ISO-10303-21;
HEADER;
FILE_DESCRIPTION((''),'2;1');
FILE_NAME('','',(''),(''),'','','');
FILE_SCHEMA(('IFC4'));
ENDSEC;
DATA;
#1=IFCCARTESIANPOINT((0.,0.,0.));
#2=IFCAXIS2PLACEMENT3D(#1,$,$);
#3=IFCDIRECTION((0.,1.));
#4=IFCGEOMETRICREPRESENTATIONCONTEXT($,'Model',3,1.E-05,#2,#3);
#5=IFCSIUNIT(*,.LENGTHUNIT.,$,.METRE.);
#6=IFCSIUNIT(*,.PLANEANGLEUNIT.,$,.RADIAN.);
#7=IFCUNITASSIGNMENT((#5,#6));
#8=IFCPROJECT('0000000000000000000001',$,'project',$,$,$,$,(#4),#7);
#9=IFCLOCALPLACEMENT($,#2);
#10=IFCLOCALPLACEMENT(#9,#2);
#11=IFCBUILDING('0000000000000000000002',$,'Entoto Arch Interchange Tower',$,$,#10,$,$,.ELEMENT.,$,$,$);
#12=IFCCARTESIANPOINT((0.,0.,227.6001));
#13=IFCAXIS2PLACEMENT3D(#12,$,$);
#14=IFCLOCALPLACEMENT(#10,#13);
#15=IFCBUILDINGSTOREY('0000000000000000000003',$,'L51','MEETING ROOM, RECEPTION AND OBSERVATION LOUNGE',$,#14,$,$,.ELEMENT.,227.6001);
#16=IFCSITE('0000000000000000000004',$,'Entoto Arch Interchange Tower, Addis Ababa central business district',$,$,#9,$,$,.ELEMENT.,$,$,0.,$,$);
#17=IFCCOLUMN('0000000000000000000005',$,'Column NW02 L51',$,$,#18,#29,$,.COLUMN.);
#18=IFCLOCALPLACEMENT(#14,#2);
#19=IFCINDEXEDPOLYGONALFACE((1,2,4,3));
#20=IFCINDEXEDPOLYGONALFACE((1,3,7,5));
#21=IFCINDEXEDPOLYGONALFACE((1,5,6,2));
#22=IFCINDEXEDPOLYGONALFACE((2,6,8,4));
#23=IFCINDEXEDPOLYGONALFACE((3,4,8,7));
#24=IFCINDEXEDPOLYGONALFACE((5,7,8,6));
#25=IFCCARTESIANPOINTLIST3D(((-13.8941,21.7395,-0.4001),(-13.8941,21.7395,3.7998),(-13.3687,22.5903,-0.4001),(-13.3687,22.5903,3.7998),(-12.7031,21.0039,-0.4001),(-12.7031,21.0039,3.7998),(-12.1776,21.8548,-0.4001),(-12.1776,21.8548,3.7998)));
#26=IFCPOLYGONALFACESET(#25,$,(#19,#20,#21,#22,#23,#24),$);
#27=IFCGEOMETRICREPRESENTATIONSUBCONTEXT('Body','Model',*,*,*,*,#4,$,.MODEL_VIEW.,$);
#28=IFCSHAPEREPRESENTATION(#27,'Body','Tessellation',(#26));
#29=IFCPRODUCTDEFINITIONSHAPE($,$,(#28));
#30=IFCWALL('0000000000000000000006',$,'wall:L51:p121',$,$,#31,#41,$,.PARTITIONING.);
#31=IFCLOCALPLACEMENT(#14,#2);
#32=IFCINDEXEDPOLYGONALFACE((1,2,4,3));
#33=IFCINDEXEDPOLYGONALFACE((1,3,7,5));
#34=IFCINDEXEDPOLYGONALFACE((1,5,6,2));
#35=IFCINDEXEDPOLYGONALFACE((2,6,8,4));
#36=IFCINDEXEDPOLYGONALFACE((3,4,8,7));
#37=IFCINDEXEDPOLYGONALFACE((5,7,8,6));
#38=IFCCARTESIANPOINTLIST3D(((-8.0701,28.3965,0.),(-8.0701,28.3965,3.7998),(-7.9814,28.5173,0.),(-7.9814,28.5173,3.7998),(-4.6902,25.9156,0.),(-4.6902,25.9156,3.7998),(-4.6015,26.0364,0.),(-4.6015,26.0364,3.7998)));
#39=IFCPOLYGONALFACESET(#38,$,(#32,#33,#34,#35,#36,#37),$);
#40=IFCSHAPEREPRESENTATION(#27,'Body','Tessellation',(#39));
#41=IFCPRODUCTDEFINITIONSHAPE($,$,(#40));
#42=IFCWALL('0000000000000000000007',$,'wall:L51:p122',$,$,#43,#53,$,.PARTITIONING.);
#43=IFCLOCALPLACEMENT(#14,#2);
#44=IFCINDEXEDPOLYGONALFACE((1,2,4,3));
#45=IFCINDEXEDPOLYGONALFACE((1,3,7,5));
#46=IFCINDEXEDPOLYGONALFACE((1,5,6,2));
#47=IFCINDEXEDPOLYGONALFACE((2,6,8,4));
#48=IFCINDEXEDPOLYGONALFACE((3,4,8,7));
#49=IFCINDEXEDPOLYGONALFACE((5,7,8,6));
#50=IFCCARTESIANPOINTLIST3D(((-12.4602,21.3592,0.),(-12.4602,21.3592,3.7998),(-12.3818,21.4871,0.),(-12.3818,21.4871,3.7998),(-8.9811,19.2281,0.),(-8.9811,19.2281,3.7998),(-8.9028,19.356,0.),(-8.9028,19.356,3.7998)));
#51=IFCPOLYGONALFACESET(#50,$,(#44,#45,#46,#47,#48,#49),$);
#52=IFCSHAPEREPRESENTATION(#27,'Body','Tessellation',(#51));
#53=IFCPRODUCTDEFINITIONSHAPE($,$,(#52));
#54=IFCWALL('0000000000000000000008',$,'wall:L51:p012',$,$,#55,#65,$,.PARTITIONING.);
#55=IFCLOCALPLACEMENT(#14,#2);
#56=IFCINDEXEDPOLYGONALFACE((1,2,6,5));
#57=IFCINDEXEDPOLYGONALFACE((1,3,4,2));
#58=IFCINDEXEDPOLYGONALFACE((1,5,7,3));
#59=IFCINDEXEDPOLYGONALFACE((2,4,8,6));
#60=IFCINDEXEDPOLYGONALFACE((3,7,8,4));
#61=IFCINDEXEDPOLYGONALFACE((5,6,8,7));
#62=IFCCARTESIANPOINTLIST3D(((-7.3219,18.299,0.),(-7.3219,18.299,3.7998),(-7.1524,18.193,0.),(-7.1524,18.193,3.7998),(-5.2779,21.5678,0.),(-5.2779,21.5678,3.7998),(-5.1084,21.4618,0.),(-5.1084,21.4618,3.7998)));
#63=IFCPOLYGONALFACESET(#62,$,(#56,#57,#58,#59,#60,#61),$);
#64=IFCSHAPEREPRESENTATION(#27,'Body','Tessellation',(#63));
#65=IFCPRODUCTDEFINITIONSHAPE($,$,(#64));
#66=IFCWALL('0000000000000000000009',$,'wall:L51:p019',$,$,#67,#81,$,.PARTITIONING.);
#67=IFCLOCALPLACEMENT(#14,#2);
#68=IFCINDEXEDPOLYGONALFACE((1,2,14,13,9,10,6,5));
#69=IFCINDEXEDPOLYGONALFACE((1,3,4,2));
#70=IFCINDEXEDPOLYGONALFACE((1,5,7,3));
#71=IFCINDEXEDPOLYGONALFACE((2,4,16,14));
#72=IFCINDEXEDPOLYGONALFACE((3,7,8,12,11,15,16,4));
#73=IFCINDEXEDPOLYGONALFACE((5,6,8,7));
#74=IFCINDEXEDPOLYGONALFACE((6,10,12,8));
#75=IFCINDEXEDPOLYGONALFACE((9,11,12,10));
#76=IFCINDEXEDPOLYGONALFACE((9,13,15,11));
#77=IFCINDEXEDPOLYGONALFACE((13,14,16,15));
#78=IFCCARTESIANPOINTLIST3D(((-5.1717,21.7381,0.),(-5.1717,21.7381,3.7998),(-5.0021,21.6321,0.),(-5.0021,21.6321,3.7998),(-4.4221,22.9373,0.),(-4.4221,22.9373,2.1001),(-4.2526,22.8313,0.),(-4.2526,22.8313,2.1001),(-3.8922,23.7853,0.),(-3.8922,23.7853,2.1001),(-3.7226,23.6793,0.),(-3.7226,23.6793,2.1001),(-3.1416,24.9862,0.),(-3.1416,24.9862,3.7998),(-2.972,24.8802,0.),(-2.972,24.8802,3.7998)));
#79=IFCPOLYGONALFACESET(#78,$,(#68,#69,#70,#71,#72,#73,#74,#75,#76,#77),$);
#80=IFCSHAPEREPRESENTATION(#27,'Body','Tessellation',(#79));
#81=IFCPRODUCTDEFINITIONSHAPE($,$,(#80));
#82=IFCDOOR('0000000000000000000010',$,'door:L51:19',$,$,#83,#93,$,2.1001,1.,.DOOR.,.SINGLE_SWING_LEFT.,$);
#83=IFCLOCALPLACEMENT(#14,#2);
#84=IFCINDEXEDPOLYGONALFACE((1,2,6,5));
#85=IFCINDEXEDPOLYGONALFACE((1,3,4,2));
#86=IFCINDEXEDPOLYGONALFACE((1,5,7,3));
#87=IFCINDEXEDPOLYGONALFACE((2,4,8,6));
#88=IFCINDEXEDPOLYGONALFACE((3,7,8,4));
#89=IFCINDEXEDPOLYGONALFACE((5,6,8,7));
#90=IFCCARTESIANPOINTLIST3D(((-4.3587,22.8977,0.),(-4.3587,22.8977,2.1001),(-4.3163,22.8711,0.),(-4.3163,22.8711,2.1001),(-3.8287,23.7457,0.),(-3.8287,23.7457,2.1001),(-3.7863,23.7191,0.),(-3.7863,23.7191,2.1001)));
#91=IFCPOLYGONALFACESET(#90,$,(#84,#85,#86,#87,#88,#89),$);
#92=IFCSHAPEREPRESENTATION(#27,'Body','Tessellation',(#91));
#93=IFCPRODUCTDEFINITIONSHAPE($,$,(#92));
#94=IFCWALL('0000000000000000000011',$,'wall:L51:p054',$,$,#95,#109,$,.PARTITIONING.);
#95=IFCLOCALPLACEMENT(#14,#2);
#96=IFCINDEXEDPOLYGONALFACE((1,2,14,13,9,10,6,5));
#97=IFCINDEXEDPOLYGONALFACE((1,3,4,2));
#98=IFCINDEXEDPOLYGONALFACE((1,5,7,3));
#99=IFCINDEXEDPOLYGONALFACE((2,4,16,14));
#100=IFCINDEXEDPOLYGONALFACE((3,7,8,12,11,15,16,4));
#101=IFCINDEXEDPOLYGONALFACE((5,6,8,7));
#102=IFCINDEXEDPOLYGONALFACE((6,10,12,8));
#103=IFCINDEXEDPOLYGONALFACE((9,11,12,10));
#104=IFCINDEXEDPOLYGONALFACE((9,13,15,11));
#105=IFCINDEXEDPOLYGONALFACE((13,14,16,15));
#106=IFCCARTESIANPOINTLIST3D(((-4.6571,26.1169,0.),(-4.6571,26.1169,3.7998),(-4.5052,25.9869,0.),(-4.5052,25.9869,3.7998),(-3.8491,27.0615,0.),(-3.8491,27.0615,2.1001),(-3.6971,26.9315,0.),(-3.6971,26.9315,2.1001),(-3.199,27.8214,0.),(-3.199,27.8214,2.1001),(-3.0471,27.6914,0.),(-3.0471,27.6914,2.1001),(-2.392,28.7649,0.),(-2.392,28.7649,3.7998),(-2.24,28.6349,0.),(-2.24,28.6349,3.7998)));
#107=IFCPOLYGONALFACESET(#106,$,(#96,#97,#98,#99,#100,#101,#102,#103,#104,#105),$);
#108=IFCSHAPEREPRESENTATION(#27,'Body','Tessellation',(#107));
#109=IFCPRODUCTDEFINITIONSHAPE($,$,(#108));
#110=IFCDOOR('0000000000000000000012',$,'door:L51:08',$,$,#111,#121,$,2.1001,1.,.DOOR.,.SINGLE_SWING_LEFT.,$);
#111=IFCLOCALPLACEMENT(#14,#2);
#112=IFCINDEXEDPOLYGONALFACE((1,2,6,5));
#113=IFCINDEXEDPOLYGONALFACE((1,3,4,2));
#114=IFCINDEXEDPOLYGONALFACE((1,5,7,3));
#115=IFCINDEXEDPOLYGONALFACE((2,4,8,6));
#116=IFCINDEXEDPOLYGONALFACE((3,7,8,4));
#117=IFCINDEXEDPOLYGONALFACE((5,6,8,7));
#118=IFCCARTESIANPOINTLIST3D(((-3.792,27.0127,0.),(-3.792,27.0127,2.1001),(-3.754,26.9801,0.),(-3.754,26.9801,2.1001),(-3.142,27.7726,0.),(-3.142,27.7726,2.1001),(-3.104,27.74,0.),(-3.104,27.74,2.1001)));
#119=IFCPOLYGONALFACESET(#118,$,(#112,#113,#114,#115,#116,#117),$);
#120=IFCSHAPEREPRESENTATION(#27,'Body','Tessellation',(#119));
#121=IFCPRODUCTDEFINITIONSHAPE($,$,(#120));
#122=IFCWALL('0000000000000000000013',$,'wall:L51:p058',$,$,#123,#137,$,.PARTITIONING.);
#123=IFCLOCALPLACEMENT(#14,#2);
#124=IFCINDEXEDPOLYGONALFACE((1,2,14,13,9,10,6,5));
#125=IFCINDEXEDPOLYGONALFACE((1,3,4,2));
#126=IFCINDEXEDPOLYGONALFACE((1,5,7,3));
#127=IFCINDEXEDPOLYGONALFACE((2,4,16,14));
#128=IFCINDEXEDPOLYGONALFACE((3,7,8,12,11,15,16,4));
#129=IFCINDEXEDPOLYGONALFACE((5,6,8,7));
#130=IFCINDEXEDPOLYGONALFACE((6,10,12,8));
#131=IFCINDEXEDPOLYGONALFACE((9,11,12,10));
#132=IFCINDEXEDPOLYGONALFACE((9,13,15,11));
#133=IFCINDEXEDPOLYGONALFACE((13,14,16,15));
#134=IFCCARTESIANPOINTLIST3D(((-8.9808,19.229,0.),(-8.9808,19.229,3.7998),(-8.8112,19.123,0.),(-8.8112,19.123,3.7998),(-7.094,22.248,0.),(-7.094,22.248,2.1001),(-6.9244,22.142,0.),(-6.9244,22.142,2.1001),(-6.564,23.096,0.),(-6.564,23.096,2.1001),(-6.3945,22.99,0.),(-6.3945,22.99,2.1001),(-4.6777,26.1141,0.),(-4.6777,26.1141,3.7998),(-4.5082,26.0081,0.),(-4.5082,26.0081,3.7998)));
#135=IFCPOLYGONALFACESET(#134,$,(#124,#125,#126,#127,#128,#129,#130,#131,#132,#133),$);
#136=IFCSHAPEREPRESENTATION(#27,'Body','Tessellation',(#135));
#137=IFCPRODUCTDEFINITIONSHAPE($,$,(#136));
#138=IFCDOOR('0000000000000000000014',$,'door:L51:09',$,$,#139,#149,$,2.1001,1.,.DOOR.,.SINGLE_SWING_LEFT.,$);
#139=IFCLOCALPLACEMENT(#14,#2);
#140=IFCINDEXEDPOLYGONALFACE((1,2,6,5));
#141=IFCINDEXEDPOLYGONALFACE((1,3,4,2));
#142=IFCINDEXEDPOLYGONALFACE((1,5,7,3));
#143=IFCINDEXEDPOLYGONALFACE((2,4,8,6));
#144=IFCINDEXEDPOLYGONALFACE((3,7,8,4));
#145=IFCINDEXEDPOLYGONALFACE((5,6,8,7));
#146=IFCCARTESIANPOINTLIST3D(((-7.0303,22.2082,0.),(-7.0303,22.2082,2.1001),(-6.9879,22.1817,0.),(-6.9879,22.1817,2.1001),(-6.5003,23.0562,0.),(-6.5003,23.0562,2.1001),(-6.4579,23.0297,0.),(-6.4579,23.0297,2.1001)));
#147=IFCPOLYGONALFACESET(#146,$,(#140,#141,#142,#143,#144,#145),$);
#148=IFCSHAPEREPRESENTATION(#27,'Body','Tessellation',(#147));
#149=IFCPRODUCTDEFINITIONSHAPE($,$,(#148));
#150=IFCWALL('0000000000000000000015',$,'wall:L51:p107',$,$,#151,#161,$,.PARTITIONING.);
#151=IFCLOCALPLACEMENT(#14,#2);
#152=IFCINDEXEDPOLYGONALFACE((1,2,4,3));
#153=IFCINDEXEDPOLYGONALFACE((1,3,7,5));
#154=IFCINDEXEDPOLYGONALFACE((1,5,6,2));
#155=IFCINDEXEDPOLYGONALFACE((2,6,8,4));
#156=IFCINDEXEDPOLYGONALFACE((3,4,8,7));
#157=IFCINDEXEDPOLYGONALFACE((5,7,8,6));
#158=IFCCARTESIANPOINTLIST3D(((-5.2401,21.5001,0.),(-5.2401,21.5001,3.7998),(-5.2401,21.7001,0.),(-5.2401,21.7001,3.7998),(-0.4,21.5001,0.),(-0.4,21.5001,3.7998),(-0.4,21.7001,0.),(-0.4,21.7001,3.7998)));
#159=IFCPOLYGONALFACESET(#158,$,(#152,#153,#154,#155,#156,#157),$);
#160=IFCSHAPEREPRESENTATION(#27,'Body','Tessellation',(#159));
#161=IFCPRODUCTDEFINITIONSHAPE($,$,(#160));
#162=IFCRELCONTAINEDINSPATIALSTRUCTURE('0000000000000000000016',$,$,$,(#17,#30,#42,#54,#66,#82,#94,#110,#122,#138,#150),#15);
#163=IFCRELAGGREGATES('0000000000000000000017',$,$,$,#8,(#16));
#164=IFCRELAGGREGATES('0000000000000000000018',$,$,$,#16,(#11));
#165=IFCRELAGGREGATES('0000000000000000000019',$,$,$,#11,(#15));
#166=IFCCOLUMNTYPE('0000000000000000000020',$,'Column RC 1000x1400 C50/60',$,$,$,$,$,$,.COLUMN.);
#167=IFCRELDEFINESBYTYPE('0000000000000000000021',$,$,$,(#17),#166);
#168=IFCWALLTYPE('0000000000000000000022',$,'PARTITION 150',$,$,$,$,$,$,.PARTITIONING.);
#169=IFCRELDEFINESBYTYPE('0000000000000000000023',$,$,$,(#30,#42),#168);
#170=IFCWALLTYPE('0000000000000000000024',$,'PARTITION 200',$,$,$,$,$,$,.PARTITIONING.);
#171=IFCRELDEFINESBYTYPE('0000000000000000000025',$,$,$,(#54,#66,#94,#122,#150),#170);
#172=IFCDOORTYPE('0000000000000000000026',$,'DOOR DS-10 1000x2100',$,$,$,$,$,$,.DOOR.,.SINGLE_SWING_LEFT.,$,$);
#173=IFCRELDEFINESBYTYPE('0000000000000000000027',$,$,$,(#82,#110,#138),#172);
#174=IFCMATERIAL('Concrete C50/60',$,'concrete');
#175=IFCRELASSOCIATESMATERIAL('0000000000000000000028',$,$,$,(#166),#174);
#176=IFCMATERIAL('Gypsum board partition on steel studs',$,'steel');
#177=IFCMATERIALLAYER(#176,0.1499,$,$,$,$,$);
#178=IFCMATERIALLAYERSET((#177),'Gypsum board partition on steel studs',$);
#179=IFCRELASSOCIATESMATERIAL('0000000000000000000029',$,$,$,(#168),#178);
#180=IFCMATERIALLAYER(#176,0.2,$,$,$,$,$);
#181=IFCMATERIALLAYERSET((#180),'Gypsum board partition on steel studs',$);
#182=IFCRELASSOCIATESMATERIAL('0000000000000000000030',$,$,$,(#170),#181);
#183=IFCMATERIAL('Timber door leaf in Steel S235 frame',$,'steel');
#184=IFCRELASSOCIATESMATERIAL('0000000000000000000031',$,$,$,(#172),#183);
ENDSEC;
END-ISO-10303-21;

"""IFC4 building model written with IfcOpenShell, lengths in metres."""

from ifc_helpers import new_model, si_unit, direction, frame, frame_2d, origin, origin_2d, place, context, subcontext, project, spatial, rectangle, extrude, material, layer, layer_set, material_profile, profile_set, type_object, element, fill, save


model = new_model("IFC4")

# Units and contexts
model_context = context("Model", 3, precision=1e-05, world=origin(), true_north=direction((0.0, 1.0)))
body_context = subcontext(model_context, "Body", "Model", "MODEL_VIEW")
ifc_project = project(units=[si_unit("LENGTHUNIT", "METRE"), si_unit("PLANEANGLEUNIT", "RADIAN")], contexts=[model_context])

# Site, building, storey
site_placement = place(None, origin())
site = spatial("IfcSite", under=ifc_project, at=site_placement, Name="Entoto Arch Interchange Tower, Addis Ababa central business district", CompositionType="ELEMENT", RefElevation=0.0)
building_placement = place(site_placement, origin())
building = spatial("IfcBuilding", under=site, at=building_placement, Name="Entoto Arch Interchange Tower", CompositionType="ELEMENT")
storey_placement = place(building_placement, frame((0.0, 0.0, 227.6001)))
storey = spatial("IfcBuildingStorey", under=building, at=storey_placement, Name="L51", Description="MEETING ROOM, RECEPTION AND OBSERVATION LOUNGE", CompositionType="ELEMENT", Elevation=227.6001)

# Column
ifc_material_1 = material(Name="Concrete C50/60", Category="concrete")
ifc_material_profile = material_profile(ifc_material_1, rectangle(XDim=1.0, YDim=1.3999, at=origin_2d()))
ifc_profile_set = profile_set([ifc_material_profile], Name="Concrete C50/60")
column_type = type_object("IfcColumnType", Name="Column RC 1000x1400 C50/60", PredefinedType="COLUMN", material=ifc_profile_set)
column_placement = place(storey_placement, frame((-13.0359, 21.7971, -0.4001), z_axis=(0.0, 0.0, 1.0), x_axis=(0.525427, 0.850839, 0.0)))
element("IfcColumn", 1, at=column_placement, inside=storey, type_object=column_type, Name="Column NW02 L51", PredefinedType="COLUMN", context=body_context, shape_type="SweptSolid", body=[
    extrude(rectangle(XDim=1.0, YDim=1.3999, at=origin_2d()), origin(), (0.0, 0.0, 1.0), 4.2),
])

# Walls
ifc_material_2 = material(Name="Gypsum board partition on steel studs", Category="steel")
ifc_layer_1 = layer(ifc_material_2, 0.1499)
ifc_layer_set_1 = layer_set([ifc_layer_1], Name="Gypsum board partition on steel studs")
wall_type_1 = type_object("IfcWallType", Name="PARTITION 150", PredefinedType="PARTITIONING", material=ifc_layer_set_1)
wall_1_placement = place(storey_placement, frame((-4.646, 25.9761, 0.0), z_axis=(0.0, 0.0, 1.0), x_axis=(-0.806135, 0.591732, 0.0)))
element("IfcWall", 2, at=wall_1_placement, inside=storey, type_object=wall_type_1, Name="wall:L51:p121", PredefinedType="PARTITIONING", context=body_context, shape_type="SweptSolid", body=[
    extrude(rectangle(XDim=4.1926, YDim=0.1499, at=frame_2d((2.0962, 0.0))), origin(), (0.0, 0.0, 1.0), 3.7998),
])
wall_2_placement = place(storey_placement, frame((-8.9419, 19.292, 0.0), z_axis=(0.0, 0.0, 1.0), x_axis=(-0.852731, 0.52235, 0.0)))
element("IfcWall", 3, at=wall_2_placement, inside=storey, type_object=wall_type_1, Name="wall:L51:p122", PredefinedType="PARTITIONING", context=body_context, shape_type="SweptSolid", body=[
    extrude(rectangle(XDim=4.0798, YDim=0.1499, at=frame_2d((2.04, 0.0))), origin(), (0.0, 0.0, 1.0), 3.7998),
])
ifc_layer_2 = layer(ifc_material_2, 0.2)
ifc_layer_set_2 = layer_set([ifc_layer_2], Name="Gypsum board partition on steel studs")
wall_type_2 = type_object("IfcWallType", Name="PARTITION 200", PredefinedType="PARTITIONING", material=ifc_layer_set_2)
wall_3_placement = place(storey_placement, frame((-5.1931, 21.5149, 0.0), z_axis=(0.0, 0.0, 1.0), x_axis=(-0.530175, -0.847888, 0.0)))
element("IfcWall", 4, at=wall_3_placement, inside=storey, type_object=wall_type_2, Name="wall:L51:p012", PredefinedType="PARTITIONING", context=body_context, shape_type="SweptSolid", body=[
    extrude(rectangle(XDim=3.8552, YDim=0.2, at=frame_2d((1.9277, 0.0))), origin(), (0.0, 0.0, 1.0), 3.7998),
])

# Walls, openings, doors
wall_4_placement = place(storey_placement, frame((-3.0569, 24.9331, 0.0), z_axis=(0.0, 0.0, 1.0), x_axis=(-0.529999, -0.847998, 0.0)))
wall_4 = element("IfcWall", 5, at=wall_4_placement, inside=storey, type_object=wall_type_2, Name="wall:L51:p019", PredefinedType="PARTITIONING", context=body_context, shape_type="SweptSolid", body=[
    extrude(rectangle(XDim=3.8303, YDim=0.2, at=frame_2d((1.915, 0.0))), origin(), (0.0, 0.0, 1.0), 3.7998),
])
opening_1_placement = place(wall_4_placement, frame((1.416, 0.0, 0.0)))
opening_1 = element("IfcOpeningElement", 6, at=opening_1_placement, cuts=wall_4, PredefinedType="OPENING", context=body_context, shape_type="SweptSolid", body=[
    extrude(rectangle(XDim=1.0, YDim=2.1001, at=frame_2d((0.5, 1.05))), frame((0.0, 0.1099, 0.0), z_axis=(0.0, -1.0, 0.0), x_axis=(1.0, 0.0, 0.0)), (0.0, 0.0, 1.0), 0.22),
])
ifc_material_3 = material(Name="Timber door leaf in Steel S235 frame", Category="steel")
door_type = type_object("IfcDoorType", Name="DOOR DS-10 1000x2100", OperationType="SINGLE_SWING_LEFT", PredefinedType="DOOR", material=ifc_material_3)
door_1_placement = place(opening_1_placement, origin())
door_1 = element("IfcDoor", 7, at=door_1_placement, inside=storey, type_object=door_type, Name="door:L51:19", OperationType="SINGLE_SWING_LEFT", OverallHeight=2.1001, OverallWidth=1.0, PredefinedType="DOOR", context=body_context, shape_type="SweptSolid", body=[
    extrude(rectangle(XDim=1.0, YDim=2.1001, at=frame_2d((0.5, 1.05))), frame((0.0, 0.0249, 0.0), z_axis=(0.0, -1.0, 0.0), x_axis=(1.0, 0.0, 0.0)), (0.0, 0.0, 1.0), 0.05),
])
fill(opening_1, door_1)
wall_5_placement = place(storey_placement, frame((-4.5811, 26.052, 0.0), z_axis=(0.0, 0.0, 1.0), x_axis=(0.650041, 0.759899, 0.0)))
wall_5 = element("IfcWall", 8, at=wall_5_placement, inside=storey, type_object=wall_type_2, Name="wall:L51:p054", PredefinedType="PARTITIONING", context=body_context, shape_type="SweptSolid", body=[
    extrude(rectangle(XDim=3.4846, YDim=0.2, at=frame_2d((1.7422, 0.0))), origin(), (0.0, 0.0, 1.0), 3.7998),
])
opening_2_placement = place(wall_5_placement, frame((1.2429, 0.0, 0.0)))
opening_2 = element("IfcOpeningElement", 9, at=opening_2_placement, cuts=wall_5, PredefinedType="OPENING", context=body_context, shape_type="SweptSolid", body=[
    extrude(rectangle(XDim=1.0, YDim=2.1001, at=frame_2d((0.5, 1.05))), frame((0.0, 0.1099, 0.0), z_axis=(0.0, -1.0, 0.0), x_axis=(1.0, 0.0, 0.0)), (0.0, 0.0, 1.0), 0.22),
])
door_2_placement = place(opening_2_placement, origin())
door_2 = element("IfcDoor", 10, at=door_2_placement, inside=storey, type_object=door_type, Name="door:L51:08", OperationType="SINGLE_SWING_LEFT", OverallHeight=2.1001, OverallWidth=1.0, PredefinedType="DOOR", context=body_context, shape_type="SweptSolid", body=[
    extrude(rectangle(XDim=1.0, YDim=2.1001, at=frame_2d((0.5, 1.05))), frame((0.0, 0.0249, 0.0), z_axis=(0.0, -1.0, 0.0), x_axis=(1.0, 0.0, 0.0)), (0.0, 0.0, 1.0), 0.05),
])
fill(opening_2, door_2)
wall_6_placement = place(storey_placement, frame((-8.896, 19.176, 0.0), z_axis=(0.0, 0.0, 1.0), x_axis=(0.529985, 0.848007, 0.0)))
wall_6 = element("IfcWall", 11, at=wall_6_placement, inside=storey, type_object=wall_type_2, Name="wall:L51:p058", PredefinedType="PARTITIONING", context=body_context, shape_type="SweptSolid", body=[
    extrude(rectangle(XDim=8.1191, YDim=0.2, at=frame_2d((4.0596, 0.0))), origin(), (0.0, 0.0, 1.0), 3.7998),
])
opening_3_placement = place(wall_6_placement, frame((3.5601, 0.0, 0.0)))
opening_3 = element("IfcOpeningElement", 12, at=opening_3_placement, cuts=wall_6, PredefinedType="OPENING", context=body_context, shape_type="SweptSolid", body=[
    extrude(rectangle(XDim=1.0, YDim=2.1001, at=frame_2d((0.5, 1.05))), frame((0.0, 0.1099, 0.0), z_axis=(0.0, -1.0, 0.0), x_axis=(1.0, 0.0, 0.0)), (0.0, 0.0, 1.0), 0.22),
])
door_3_placement = place(opening_3_placement, origin())
door_3 = element("IfcDoor", 13, at=door_3_placement, inside=storey, type_object=door_type, Name="door:L51:09", OperationType="SINGLE_SWING_LEFT", OverallHeight=2.1001, OverallWidth=1.0, PredefinedType="DOOR", context=body_context, shape_type="SweptSolid", body=[
    extrude(rectangle(XDim=1.0, YDim=2.1001, at=frame_2d((0.5, 1.05))), frame((0.0, 0.0249, 0.0), z_axis=(0.0, -1.0, 0.0), x_axis=(1.0, 0.0, 0.0)), (0.0, 0.0, 1.0), 0.05),
])
fill(opening_3, door_3)

# Wall
wall_7_placement = place(storey_placement, frame((-5.24, 21.6001, 0.0), z_axis=(0.0, 0.0, 1.0), x_axis=(1.0, 0.0, 0.0)))
element("IfcWall", 14, at=wall_7_placement, inside=storey, type_object=wall_type_2, Name="wall:L51:p107", PredefinedType="PARTITIONING", context=body_context, shape_type="SweptSolid", body=[
    extrude(rectangle(XDim=4.8401, YDim=0.2, at=frame_2d((2.4199, 0.0))), origin(), (0.0, 0.0, 1.0), 3.7998),
])

save(model, "model.ifc")
